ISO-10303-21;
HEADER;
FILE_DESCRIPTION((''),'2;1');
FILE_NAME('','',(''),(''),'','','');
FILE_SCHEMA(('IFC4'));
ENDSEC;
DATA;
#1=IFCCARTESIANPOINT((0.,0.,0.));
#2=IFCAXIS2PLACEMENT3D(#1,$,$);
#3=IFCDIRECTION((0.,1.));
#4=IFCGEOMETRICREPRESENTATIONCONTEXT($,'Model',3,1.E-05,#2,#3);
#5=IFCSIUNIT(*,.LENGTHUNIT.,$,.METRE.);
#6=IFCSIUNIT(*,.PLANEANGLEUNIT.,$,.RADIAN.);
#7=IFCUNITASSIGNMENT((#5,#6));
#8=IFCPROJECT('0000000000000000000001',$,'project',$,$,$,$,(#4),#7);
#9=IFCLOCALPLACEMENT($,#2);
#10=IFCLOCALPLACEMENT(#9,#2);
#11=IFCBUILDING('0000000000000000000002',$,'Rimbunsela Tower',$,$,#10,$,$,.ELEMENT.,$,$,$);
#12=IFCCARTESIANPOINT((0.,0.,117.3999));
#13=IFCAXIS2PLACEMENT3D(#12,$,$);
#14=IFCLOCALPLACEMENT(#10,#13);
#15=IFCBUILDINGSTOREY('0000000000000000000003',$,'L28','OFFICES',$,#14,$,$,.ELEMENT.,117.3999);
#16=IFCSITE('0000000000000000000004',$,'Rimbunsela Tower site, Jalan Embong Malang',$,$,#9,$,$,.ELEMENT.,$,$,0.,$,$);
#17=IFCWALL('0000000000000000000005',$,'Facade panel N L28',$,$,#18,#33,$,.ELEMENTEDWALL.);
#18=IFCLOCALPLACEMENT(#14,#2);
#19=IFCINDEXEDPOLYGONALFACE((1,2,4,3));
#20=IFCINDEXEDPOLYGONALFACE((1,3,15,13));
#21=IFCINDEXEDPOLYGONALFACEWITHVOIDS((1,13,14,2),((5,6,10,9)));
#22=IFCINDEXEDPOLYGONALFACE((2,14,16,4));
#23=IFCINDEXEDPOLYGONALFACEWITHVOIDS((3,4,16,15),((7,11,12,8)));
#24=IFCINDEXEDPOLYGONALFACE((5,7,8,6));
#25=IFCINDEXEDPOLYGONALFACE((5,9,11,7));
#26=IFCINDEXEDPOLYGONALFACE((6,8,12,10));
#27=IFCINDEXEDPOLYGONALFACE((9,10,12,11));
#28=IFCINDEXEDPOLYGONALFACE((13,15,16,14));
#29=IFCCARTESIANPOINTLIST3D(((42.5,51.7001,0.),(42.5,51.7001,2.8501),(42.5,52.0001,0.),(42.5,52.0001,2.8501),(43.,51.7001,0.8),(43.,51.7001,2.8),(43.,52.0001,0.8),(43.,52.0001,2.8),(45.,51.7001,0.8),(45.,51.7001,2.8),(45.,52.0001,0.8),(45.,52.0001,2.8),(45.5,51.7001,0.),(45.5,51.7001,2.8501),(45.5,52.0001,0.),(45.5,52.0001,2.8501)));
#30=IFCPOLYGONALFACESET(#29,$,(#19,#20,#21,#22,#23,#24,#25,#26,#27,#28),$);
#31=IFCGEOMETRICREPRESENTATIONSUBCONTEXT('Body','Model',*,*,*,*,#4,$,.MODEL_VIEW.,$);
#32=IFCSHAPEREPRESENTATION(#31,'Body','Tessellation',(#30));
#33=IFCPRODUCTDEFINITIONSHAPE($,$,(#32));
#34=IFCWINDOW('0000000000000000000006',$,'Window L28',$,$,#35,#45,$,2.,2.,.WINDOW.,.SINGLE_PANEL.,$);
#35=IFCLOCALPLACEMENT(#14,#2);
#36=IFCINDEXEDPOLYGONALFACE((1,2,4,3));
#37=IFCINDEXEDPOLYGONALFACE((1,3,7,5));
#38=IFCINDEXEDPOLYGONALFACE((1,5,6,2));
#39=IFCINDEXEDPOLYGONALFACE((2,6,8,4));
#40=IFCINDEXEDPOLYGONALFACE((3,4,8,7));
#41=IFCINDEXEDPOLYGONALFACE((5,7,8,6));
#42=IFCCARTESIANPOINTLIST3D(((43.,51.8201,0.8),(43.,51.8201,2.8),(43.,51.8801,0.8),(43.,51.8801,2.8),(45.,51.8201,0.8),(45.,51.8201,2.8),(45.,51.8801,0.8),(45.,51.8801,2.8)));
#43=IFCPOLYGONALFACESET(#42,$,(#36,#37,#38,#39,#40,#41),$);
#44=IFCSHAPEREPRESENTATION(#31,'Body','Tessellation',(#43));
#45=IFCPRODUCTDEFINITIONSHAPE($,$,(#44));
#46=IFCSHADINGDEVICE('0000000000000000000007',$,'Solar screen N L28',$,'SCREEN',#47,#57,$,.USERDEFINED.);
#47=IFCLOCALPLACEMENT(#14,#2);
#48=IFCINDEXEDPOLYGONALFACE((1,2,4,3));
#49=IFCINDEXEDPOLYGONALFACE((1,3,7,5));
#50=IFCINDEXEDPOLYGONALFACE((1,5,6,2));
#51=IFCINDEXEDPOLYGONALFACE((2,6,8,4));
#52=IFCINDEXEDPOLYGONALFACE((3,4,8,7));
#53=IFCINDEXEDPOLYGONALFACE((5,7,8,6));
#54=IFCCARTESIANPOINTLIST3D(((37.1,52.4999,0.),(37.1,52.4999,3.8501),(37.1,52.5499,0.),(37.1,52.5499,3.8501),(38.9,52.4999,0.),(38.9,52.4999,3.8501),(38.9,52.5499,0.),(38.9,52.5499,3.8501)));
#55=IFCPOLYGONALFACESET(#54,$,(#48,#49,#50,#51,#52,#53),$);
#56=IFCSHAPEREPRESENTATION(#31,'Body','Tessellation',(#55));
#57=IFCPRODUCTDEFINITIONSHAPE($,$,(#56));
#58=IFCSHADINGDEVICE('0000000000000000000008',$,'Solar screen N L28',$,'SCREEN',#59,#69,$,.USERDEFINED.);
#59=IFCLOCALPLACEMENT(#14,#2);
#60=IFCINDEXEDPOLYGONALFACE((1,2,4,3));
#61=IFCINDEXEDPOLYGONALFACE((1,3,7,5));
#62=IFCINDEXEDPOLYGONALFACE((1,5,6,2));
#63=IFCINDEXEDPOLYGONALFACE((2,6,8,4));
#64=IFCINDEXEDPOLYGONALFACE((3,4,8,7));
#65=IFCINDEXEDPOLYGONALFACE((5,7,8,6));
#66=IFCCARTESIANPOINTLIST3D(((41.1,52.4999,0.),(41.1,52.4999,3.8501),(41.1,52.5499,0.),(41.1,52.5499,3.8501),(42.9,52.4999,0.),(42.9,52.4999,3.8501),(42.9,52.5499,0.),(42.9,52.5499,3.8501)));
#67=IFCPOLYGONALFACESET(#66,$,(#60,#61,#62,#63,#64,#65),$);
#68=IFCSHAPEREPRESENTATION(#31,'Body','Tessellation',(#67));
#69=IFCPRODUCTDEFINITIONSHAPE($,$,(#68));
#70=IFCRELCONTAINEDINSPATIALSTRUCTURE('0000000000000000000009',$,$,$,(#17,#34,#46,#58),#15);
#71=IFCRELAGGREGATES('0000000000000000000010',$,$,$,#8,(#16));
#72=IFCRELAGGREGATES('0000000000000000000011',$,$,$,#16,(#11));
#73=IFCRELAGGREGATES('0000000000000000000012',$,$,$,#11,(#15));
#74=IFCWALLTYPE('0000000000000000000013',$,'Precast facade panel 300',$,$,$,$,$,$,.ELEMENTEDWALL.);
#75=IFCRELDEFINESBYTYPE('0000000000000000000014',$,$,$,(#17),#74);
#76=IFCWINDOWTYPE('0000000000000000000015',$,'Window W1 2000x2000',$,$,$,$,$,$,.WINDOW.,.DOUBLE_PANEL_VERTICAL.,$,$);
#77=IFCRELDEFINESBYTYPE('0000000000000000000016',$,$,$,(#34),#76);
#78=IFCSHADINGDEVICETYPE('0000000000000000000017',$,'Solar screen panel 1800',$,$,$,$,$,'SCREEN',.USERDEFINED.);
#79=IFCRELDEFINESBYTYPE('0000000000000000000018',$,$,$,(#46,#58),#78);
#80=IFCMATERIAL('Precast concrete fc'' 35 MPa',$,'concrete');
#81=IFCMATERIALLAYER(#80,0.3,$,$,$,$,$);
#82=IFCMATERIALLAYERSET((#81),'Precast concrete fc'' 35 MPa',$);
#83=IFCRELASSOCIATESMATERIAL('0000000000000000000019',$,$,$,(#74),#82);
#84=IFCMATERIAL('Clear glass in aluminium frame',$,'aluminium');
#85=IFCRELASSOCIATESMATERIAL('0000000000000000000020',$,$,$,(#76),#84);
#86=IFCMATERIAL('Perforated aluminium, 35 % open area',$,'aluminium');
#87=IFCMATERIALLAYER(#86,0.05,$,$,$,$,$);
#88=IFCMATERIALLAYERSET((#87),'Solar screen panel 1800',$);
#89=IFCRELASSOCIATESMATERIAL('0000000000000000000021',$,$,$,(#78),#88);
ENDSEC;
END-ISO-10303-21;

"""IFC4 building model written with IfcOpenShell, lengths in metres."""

from ifc_helpers import new_model, si_unit, direction, frame, frame_2d, origin, origin_2d, place, context, subcontext, project, spatial, rectangle, extrude, material, layer, layer_set, type_object, element, fill, save


model = new_model("IFC4")

# Units and contexts
model_context = context("Model", 3, precision=1e-05, world=origin(), true_north=direction((0.0, 1.0)))
body_context = subcontext(model_context, "Body", "Model", "MODEL_VIEW")
ifc_project = project(units=[si_unit("LENGTHUNIT", "METRE"), si_unit("PLANEANGLEUNIT", "RADIAN")], contexts=[model_context])

# Site, building, storey
site_placement = place(None, origin())
site = spatial("IfcSite", under=ifc_project, at=site_placement, Name="Rimbunsela Tower site, Jalan Embong Malang", CompositionType="ELEMENT", RefElevation=0.0)
building_placement = place(site_placement, origin())
building = spatial("IfcBuilding", under=site, at=building_placement, Name="Rimbunsela Tower", CompositionType="ELEMENT")
storey_placement = place(building_placement, frame((0.0, 0.0, 117.3999)))
storey = spatial("IfcBuildingStorey", under=building, at=storey_placement, Name="L28", Description="OFFICES", CompositionType="ELEMENT", Elevation=117.3999)

# Wall, opening, window
ifc_material_1 = material(Name="Precast concrete fc' 35 MPa", Category="concrete")
ifc_layer_1 = layer(ifc_material_1, 0.3)
ifc_layer_set_1 = layer_set([ifc_layer_1], Name="Precast concrete fc' 35 MPa")
wall_type_1 = type_object("IfcWallType", Name="Precast facade panel 300", PredefinedType="ELEMENTEDWALL", material=ifc_layer_set_1)
ifc_material_2 = material(Name="Clear glass in aluminium frame", Category="aluminium")
window_type = type_object("IfcWindowType", Name="Window W1 2000x2000", PartitioningType="DOUBLE_PANEL_VERTICAL", PredefinedType="WINDOW", material=ifc_material_2)
wall_1_placement = place(storey_placement, frame((45.5, 51.8501, 0.0), z_axis=(0.0, 0.0, 1.0), x_axis=(-1.0, 0.0, 0.0)))
wall_1 = element("IfcWall", 1, at=wall_1_placement, inside=storey, type_object=wall_type_1, Name="Facade panel N L28", PredefinedType="ELEMENTEDWALL", context=body_context, shape_type="SweptSolid", body=[
    extrude(rectangle(XDim=3.0, YDim=0.3, at=frame_2d((1.5, 0.0))), origin(), (0.0, 0.0, 1.0), 2.8501),
])
opening_1_placement = place(wall_1_placement, frame((0.5, 0.0, 0.8)))
opening_1 = element("IfcOpeningElement", 2, at=opening_1_placement, cuts=wall_1, PredefinedType="OPENING", context=body_context, shape_type="SweptSolid", body=[
    extrude(rectangle(XDim=2.0, YDim=2.0, at=frame_2d((1.0, 1.0))), frame((0.0, 0.1599, 0.0), z_axis=(0.0, -1.0, 0.0), x_axis=(1.0, 0.0, 0.0)), (0.0, 0.0, 1.0), 0.3201),
])
window_1_placement = place(opening_1_placement, origin())
window_1 = element("IfcWindow", 3, at=window_1_placement, inside=storey, type_object=window_type, Name="Window L28", OverallHeight=2.0, OverallWidth=2.0, PartitioningType="SINGLE_PANEL", PredefinedType="WINDOW", context=body_context, shape_type="SweptSolid", body=[
    extrude(rectangle(XDim=2.0, YDim=2.0, at=frame_2d((1.0, 1.0))), frame((0.0, 0.03, 0.0), z_axis=(0.0, -1.0, 0.0), x_axis=(1.0, 0.0, 0.0)), (0.0, 0.0, 1.0), 0.0601),
])
fill(opening_1, window_1)

# Shading devices
ifc_material_3 = material(Name="Perforated aluminium, 35 % open area", Category="aluminium")
ifc_layer_2 = layer(ifc_material_3, 0.05)
ifc_layer_set_2 = layer_set([ifc_layer_2], Name="Solar screen panel 1800")
shading_device_type = type_object("IfcShadingDeviceType", Name="Solar screen panel 1800", ElementType="SCREEN", PredefinedType="USERDEFINED", material=ifc_layer_set_2)
for number, where, z_axis, x_axis, name in (
    (4, (38.0, 52.5249, 0.0), (0.0, 0.0, 1.0), (1.0, 0.0, 0.0), "Solar screen N L28"),
    (5, (42.0, 52.5249, 0.0), (0.0, 0.0, 1.0), (1.0, 0.0, 0.0), "Solar screen N L28"),
):
    element("IfcShadingDevice", number, at=place(storey_placement, frame(where, z_axis=z_axis, x_axis=x_axis)), inside=storey, type_object=shading_device_type, Name=name, ObjectType="SCREEN", PredefinedType="USERDEFINED", context=body_context, shape_type="SweptSolid", body=[
        extrude(rectangle(XDim=1.8, YDim=0.05, at=origin_2d()), origin(), (0.0, 0.0, 1.0), 3.8501),
    ])

save(model, "model.ifc")
